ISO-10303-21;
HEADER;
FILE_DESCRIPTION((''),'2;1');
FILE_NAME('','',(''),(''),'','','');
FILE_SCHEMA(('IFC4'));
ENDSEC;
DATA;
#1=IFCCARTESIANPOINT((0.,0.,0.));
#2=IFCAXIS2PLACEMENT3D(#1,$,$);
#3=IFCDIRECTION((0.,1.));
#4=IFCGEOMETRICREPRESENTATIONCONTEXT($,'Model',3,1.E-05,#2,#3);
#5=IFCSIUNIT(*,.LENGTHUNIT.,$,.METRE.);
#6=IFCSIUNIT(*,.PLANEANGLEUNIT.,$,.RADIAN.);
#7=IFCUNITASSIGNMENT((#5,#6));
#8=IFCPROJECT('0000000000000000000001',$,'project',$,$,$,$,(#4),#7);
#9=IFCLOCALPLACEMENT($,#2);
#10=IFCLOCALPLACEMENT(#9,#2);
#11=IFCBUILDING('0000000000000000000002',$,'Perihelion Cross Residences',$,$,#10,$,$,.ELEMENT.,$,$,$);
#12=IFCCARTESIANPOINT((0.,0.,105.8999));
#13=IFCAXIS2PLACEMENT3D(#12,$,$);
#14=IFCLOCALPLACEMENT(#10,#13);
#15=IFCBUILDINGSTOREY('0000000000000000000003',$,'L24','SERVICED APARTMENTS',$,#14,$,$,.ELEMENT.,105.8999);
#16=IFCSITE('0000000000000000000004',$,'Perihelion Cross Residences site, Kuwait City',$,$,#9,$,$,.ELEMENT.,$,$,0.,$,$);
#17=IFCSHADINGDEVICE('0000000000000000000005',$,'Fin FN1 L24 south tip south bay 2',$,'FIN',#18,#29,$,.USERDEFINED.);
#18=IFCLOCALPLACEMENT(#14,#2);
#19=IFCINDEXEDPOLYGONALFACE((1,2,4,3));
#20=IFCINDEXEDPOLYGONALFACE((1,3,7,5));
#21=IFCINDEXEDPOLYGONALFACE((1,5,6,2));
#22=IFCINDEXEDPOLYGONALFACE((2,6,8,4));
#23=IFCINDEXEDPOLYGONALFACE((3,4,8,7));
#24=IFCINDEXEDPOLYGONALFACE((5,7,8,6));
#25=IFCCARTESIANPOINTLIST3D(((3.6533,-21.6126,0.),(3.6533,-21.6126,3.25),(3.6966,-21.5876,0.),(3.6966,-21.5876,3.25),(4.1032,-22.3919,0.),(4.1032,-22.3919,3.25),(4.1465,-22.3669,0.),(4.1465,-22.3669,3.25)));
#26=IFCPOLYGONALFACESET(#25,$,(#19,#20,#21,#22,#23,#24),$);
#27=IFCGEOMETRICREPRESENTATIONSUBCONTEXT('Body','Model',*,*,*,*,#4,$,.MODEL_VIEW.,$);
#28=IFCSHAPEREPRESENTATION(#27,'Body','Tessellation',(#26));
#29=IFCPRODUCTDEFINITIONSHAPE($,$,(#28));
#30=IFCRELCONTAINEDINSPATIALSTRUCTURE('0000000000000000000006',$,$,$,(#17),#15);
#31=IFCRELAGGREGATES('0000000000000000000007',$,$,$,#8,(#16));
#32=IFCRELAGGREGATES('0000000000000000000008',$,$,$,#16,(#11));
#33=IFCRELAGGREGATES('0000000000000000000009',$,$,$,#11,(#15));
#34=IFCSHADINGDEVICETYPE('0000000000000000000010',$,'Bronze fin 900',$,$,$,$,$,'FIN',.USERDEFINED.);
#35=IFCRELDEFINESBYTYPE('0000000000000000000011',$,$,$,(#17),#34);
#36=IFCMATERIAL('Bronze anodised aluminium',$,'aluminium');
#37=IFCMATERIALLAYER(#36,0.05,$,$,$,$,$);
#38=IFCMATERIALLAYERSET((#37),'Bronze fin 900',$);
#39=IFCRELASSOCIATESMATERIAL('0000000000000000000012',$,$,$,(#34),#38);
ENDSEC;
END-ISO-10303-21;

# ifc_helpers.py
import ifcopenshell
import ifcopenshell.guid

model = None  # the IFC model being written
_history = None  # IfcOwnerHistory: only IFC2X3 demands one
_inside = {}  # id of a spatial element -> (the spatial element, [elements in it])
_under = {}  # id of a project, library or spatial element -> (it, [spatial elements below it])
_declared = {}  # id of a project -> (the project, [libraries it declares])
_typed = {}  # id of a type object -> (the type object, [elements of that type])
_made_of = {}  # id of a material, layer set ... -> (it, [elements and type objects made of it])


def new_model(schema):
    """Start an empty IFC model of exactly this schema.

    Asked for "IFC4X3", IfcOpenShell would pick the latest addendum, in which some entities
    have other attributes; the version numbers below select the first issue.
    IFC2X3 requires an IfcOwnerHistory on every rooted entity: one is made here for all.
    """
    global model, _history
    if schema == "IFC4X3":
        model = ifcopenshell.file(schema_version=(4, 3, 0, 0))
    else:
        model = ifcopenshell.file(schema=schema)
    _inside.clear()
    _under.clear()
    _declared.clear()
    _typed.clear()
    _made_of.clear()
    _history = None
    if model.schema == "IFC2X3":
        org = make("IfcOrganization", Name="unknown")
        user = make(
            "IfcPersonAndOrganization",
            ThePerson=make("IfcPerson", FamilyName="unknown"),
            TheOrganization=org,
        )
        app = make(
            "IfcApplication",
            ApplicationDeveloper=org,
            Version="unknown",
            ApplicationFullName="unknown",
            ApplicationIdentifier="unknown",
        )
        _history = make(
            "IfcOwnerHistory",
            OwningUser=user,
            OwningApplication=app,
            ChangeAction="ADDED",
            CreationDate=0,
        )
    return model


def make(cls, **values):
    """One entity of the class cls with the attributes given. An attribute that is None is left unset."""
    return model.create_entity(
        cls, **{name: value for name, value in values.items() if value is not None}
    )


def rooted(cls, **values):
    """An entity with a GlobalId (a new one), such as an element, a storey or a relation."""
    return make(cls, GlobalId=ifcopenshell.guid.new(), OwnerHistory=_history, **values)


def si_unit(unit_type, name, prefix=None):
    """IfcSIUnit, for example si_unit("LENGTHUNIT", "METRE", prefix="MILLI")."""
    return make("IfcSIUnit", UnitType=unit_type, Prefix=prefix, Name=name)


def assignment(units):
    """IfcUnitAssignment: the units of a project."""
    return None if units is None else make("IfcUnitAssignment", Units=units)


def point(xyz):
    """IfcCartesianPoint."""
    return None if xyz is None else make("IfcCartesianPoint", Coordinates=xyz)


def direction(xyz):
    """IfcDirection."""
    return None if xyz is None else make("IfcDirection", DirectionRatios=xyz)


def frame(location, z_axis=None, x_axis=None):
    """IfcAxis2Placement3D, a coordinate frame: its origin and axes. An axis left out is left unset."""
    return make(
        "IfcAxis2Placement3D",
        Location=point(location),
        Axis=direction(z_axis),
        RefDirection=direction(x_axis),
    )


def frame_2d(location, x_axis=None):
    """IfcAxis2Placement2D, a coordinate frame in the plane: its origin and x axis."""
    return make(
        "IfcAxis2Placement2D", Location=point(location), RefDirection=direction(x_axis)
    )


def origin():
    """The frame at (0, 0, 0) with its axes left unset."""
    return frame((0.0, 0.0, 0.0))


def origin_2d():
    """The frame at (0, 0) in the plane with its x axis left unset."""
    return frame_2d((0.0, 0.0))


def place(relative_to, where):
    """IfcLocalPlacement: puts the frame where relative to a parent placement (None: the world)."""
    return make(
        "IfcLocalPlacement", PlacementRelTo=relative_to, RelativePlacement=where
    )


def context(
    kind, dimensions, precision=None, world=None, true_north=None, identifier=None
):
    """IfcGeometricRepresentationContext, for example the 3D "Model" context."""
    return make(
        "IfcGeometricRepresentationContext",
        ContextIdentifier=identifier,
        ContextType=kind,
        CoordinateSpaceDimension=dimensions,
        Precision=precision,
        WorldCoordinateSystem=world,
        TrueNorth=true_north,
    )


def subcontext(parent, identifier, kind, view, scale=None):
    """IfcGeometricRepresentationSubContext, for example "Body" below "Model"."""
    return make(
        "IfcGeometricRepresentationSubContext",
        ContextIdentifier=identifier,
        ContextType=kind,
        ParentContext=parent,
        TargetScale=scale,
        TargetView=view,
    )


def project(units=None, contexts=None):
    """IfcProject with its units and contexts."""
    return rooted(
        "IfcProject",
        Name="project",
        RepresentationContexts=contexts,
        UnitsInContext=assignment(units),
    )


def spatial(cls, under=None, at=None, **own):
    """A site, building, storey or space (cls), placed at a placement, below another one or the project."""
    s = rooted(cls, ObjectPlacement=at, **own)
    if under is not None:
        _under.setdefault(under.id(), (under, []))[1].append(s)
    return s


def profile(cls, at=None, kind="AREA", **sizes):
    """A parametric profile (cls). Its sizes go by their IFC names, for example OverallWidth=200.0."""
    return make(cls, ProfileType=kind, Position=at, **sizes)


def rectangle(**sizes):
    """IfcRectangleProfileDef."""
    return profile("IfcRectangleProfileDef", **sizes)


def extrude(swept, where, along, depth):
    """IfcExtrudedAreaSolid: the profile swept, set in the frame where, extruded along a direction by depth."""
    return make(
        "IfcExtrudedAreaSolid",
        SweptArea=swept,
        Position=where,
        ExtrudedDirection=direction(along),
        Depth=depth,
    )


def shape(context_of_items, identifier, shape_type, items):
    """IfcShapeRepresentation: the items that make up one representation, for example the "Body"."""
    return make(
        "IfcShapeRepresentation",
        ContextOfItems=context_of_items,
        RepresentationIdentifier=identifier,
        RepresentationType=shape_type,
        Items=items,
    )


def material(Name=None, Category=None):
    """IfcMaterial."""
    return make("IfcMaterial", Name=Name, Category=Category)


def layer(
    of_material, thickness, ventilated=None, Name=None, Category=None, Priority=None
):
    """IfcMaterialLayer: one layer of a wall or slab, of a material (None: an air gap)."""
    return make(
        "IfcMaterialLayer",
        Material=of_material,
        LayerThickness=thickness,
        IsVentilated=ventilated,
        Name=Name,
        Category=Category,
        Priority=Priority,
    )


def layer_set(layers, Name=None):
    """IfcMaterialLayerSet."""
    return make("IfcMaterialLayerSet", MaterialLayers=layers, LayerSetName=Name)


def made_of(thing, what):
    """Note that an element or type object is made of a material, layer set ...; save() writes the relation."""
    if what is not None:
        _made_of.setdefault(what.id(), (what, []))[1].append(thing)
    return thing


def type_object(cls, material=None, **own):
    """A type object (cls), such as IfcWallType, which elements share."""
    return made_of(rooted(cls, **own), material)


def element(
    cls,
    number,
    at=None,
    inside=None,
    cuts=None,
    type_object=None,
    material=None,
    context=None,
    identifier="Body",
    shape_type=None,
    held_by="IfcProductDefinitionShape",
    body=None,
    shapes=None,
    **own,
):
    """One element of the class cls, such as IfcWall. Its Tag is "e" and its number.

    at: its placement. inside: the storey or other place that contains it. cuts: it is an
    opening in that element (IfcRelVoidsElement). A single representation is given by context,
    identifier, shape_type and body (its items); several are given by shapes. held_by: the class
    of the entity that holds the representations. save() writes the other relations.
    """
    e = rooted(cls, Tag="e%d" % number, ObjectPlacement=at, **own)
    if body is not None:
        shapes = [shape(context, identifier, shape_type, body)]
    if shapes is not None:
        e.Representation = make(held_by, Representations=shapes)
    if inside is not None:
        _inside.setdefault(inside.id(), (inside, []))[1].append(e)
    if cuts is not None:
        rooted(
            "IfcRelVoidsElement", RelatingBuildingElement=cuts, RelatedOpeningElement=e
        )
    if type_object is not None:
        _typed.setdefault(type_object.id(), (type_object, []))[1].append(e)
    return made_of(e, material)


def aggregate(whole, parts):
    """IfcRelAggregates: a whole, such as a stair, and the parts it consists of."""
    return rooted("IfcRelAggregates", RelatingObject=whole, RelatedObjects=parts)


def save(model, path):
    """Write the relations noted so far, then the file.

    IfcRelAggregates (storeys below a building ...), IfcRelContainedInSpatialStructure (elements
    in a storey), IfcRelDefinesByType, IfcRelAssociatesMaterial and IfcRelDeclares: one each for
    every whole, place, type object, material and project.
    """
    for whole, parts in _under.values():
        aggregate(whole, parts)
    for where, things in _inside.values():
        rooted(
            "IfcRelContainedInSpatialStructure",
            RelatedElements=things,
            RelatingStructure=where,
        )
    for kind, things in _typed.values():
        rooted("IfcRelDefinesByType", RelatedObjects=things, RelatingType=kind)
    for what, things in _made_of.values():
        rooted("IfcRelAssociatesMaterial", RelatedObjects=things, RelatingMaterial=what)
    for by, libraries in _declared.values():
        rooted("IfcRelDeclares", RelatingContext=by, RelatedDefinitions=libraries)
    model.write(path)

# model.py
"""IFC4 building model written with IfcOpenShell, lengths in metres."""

from ifc_helpers import new_model, si_unit, direction, frame, origin, origin_2d, place, context, subcontext, project, spatial, rectangle, extrude, material, layer, layer_set, type_object, element, save


model = new_model("IFC4")

# Units and contexts
model_context = context("Model", 3, precision=1e-05, world=origin(), true_north=direction((0.0, 1.0)))
body_context = subcontext(model_context, "Body", "Model", "MODEL_VIEW")
ifc_project = project(units=[si_unit("LENGTHUNIT", "METRE"), si_unit("PLANEANGLEUNIT", "RADIAN")], contexts=[model_context])

# Site, building, storey
site_placement = place(None, origin())
site = spatial("IfcSite", under=ifc_project, at=site_placement, Name="Perihelion Cross Residences site, Kuwait City", CompositionType="ELEMENT", RefElevation=0.0)
building_placement = place(site_placement, origin())
building = spatial("IfcBuilding", under=site, at=building_placement, Name="Perihelion Cross Residences", CompositionType="ELEMENT")
storey_placement = place(building_placement, frame((0.0, 0.0, 105.8999)))
storey = spatial("IfcBuildingStorey", under=building, at=storey_placement, Name="L24", Description="SERVICED APARTMENTS", CompositionType="ELEMENT", Elevation=105.8999)

# Shading device
ifc_material_1 = material(Name="Bronze anodised aluminium", Category="aluminium")
ifc_layer_1 = layer(ifc_material_1, 0.05)
ifc_layer_set_1 = layer_set([ifc_layer_1], Name="Bronze fin 900")
shading_device_type = type_object("IfcShadingDeviceType", Name="Bronze fin 900", ElementType="FIN", PredefinedType="USERDEFINED", material=ifc_layer_set_1)
shading_device_placement = place(storey_placement, frame((3.8999, -21.9897, 0.0), z_axis=(0.0, 0.0, 1.0), x_axis=(0.5, -0.866025, 0.0)))
element("IfcShadingDevice", 1, at=shading_device_placement, inside=storey, type_object=shading_device_type, Name="Fin FN1 L24 south tip south bay 2", ObjectType="FIN", PredefinedType="USERDEFINED", context=body_context, shape_type="SweptSolid", body=[
    extrude(rectangle(XDim=0.8999, YDim=0.05, at=origin_2d()), origin(), (0.0, 0.0, 1.0), 3.25),
])

save(model, "model.ifc")
